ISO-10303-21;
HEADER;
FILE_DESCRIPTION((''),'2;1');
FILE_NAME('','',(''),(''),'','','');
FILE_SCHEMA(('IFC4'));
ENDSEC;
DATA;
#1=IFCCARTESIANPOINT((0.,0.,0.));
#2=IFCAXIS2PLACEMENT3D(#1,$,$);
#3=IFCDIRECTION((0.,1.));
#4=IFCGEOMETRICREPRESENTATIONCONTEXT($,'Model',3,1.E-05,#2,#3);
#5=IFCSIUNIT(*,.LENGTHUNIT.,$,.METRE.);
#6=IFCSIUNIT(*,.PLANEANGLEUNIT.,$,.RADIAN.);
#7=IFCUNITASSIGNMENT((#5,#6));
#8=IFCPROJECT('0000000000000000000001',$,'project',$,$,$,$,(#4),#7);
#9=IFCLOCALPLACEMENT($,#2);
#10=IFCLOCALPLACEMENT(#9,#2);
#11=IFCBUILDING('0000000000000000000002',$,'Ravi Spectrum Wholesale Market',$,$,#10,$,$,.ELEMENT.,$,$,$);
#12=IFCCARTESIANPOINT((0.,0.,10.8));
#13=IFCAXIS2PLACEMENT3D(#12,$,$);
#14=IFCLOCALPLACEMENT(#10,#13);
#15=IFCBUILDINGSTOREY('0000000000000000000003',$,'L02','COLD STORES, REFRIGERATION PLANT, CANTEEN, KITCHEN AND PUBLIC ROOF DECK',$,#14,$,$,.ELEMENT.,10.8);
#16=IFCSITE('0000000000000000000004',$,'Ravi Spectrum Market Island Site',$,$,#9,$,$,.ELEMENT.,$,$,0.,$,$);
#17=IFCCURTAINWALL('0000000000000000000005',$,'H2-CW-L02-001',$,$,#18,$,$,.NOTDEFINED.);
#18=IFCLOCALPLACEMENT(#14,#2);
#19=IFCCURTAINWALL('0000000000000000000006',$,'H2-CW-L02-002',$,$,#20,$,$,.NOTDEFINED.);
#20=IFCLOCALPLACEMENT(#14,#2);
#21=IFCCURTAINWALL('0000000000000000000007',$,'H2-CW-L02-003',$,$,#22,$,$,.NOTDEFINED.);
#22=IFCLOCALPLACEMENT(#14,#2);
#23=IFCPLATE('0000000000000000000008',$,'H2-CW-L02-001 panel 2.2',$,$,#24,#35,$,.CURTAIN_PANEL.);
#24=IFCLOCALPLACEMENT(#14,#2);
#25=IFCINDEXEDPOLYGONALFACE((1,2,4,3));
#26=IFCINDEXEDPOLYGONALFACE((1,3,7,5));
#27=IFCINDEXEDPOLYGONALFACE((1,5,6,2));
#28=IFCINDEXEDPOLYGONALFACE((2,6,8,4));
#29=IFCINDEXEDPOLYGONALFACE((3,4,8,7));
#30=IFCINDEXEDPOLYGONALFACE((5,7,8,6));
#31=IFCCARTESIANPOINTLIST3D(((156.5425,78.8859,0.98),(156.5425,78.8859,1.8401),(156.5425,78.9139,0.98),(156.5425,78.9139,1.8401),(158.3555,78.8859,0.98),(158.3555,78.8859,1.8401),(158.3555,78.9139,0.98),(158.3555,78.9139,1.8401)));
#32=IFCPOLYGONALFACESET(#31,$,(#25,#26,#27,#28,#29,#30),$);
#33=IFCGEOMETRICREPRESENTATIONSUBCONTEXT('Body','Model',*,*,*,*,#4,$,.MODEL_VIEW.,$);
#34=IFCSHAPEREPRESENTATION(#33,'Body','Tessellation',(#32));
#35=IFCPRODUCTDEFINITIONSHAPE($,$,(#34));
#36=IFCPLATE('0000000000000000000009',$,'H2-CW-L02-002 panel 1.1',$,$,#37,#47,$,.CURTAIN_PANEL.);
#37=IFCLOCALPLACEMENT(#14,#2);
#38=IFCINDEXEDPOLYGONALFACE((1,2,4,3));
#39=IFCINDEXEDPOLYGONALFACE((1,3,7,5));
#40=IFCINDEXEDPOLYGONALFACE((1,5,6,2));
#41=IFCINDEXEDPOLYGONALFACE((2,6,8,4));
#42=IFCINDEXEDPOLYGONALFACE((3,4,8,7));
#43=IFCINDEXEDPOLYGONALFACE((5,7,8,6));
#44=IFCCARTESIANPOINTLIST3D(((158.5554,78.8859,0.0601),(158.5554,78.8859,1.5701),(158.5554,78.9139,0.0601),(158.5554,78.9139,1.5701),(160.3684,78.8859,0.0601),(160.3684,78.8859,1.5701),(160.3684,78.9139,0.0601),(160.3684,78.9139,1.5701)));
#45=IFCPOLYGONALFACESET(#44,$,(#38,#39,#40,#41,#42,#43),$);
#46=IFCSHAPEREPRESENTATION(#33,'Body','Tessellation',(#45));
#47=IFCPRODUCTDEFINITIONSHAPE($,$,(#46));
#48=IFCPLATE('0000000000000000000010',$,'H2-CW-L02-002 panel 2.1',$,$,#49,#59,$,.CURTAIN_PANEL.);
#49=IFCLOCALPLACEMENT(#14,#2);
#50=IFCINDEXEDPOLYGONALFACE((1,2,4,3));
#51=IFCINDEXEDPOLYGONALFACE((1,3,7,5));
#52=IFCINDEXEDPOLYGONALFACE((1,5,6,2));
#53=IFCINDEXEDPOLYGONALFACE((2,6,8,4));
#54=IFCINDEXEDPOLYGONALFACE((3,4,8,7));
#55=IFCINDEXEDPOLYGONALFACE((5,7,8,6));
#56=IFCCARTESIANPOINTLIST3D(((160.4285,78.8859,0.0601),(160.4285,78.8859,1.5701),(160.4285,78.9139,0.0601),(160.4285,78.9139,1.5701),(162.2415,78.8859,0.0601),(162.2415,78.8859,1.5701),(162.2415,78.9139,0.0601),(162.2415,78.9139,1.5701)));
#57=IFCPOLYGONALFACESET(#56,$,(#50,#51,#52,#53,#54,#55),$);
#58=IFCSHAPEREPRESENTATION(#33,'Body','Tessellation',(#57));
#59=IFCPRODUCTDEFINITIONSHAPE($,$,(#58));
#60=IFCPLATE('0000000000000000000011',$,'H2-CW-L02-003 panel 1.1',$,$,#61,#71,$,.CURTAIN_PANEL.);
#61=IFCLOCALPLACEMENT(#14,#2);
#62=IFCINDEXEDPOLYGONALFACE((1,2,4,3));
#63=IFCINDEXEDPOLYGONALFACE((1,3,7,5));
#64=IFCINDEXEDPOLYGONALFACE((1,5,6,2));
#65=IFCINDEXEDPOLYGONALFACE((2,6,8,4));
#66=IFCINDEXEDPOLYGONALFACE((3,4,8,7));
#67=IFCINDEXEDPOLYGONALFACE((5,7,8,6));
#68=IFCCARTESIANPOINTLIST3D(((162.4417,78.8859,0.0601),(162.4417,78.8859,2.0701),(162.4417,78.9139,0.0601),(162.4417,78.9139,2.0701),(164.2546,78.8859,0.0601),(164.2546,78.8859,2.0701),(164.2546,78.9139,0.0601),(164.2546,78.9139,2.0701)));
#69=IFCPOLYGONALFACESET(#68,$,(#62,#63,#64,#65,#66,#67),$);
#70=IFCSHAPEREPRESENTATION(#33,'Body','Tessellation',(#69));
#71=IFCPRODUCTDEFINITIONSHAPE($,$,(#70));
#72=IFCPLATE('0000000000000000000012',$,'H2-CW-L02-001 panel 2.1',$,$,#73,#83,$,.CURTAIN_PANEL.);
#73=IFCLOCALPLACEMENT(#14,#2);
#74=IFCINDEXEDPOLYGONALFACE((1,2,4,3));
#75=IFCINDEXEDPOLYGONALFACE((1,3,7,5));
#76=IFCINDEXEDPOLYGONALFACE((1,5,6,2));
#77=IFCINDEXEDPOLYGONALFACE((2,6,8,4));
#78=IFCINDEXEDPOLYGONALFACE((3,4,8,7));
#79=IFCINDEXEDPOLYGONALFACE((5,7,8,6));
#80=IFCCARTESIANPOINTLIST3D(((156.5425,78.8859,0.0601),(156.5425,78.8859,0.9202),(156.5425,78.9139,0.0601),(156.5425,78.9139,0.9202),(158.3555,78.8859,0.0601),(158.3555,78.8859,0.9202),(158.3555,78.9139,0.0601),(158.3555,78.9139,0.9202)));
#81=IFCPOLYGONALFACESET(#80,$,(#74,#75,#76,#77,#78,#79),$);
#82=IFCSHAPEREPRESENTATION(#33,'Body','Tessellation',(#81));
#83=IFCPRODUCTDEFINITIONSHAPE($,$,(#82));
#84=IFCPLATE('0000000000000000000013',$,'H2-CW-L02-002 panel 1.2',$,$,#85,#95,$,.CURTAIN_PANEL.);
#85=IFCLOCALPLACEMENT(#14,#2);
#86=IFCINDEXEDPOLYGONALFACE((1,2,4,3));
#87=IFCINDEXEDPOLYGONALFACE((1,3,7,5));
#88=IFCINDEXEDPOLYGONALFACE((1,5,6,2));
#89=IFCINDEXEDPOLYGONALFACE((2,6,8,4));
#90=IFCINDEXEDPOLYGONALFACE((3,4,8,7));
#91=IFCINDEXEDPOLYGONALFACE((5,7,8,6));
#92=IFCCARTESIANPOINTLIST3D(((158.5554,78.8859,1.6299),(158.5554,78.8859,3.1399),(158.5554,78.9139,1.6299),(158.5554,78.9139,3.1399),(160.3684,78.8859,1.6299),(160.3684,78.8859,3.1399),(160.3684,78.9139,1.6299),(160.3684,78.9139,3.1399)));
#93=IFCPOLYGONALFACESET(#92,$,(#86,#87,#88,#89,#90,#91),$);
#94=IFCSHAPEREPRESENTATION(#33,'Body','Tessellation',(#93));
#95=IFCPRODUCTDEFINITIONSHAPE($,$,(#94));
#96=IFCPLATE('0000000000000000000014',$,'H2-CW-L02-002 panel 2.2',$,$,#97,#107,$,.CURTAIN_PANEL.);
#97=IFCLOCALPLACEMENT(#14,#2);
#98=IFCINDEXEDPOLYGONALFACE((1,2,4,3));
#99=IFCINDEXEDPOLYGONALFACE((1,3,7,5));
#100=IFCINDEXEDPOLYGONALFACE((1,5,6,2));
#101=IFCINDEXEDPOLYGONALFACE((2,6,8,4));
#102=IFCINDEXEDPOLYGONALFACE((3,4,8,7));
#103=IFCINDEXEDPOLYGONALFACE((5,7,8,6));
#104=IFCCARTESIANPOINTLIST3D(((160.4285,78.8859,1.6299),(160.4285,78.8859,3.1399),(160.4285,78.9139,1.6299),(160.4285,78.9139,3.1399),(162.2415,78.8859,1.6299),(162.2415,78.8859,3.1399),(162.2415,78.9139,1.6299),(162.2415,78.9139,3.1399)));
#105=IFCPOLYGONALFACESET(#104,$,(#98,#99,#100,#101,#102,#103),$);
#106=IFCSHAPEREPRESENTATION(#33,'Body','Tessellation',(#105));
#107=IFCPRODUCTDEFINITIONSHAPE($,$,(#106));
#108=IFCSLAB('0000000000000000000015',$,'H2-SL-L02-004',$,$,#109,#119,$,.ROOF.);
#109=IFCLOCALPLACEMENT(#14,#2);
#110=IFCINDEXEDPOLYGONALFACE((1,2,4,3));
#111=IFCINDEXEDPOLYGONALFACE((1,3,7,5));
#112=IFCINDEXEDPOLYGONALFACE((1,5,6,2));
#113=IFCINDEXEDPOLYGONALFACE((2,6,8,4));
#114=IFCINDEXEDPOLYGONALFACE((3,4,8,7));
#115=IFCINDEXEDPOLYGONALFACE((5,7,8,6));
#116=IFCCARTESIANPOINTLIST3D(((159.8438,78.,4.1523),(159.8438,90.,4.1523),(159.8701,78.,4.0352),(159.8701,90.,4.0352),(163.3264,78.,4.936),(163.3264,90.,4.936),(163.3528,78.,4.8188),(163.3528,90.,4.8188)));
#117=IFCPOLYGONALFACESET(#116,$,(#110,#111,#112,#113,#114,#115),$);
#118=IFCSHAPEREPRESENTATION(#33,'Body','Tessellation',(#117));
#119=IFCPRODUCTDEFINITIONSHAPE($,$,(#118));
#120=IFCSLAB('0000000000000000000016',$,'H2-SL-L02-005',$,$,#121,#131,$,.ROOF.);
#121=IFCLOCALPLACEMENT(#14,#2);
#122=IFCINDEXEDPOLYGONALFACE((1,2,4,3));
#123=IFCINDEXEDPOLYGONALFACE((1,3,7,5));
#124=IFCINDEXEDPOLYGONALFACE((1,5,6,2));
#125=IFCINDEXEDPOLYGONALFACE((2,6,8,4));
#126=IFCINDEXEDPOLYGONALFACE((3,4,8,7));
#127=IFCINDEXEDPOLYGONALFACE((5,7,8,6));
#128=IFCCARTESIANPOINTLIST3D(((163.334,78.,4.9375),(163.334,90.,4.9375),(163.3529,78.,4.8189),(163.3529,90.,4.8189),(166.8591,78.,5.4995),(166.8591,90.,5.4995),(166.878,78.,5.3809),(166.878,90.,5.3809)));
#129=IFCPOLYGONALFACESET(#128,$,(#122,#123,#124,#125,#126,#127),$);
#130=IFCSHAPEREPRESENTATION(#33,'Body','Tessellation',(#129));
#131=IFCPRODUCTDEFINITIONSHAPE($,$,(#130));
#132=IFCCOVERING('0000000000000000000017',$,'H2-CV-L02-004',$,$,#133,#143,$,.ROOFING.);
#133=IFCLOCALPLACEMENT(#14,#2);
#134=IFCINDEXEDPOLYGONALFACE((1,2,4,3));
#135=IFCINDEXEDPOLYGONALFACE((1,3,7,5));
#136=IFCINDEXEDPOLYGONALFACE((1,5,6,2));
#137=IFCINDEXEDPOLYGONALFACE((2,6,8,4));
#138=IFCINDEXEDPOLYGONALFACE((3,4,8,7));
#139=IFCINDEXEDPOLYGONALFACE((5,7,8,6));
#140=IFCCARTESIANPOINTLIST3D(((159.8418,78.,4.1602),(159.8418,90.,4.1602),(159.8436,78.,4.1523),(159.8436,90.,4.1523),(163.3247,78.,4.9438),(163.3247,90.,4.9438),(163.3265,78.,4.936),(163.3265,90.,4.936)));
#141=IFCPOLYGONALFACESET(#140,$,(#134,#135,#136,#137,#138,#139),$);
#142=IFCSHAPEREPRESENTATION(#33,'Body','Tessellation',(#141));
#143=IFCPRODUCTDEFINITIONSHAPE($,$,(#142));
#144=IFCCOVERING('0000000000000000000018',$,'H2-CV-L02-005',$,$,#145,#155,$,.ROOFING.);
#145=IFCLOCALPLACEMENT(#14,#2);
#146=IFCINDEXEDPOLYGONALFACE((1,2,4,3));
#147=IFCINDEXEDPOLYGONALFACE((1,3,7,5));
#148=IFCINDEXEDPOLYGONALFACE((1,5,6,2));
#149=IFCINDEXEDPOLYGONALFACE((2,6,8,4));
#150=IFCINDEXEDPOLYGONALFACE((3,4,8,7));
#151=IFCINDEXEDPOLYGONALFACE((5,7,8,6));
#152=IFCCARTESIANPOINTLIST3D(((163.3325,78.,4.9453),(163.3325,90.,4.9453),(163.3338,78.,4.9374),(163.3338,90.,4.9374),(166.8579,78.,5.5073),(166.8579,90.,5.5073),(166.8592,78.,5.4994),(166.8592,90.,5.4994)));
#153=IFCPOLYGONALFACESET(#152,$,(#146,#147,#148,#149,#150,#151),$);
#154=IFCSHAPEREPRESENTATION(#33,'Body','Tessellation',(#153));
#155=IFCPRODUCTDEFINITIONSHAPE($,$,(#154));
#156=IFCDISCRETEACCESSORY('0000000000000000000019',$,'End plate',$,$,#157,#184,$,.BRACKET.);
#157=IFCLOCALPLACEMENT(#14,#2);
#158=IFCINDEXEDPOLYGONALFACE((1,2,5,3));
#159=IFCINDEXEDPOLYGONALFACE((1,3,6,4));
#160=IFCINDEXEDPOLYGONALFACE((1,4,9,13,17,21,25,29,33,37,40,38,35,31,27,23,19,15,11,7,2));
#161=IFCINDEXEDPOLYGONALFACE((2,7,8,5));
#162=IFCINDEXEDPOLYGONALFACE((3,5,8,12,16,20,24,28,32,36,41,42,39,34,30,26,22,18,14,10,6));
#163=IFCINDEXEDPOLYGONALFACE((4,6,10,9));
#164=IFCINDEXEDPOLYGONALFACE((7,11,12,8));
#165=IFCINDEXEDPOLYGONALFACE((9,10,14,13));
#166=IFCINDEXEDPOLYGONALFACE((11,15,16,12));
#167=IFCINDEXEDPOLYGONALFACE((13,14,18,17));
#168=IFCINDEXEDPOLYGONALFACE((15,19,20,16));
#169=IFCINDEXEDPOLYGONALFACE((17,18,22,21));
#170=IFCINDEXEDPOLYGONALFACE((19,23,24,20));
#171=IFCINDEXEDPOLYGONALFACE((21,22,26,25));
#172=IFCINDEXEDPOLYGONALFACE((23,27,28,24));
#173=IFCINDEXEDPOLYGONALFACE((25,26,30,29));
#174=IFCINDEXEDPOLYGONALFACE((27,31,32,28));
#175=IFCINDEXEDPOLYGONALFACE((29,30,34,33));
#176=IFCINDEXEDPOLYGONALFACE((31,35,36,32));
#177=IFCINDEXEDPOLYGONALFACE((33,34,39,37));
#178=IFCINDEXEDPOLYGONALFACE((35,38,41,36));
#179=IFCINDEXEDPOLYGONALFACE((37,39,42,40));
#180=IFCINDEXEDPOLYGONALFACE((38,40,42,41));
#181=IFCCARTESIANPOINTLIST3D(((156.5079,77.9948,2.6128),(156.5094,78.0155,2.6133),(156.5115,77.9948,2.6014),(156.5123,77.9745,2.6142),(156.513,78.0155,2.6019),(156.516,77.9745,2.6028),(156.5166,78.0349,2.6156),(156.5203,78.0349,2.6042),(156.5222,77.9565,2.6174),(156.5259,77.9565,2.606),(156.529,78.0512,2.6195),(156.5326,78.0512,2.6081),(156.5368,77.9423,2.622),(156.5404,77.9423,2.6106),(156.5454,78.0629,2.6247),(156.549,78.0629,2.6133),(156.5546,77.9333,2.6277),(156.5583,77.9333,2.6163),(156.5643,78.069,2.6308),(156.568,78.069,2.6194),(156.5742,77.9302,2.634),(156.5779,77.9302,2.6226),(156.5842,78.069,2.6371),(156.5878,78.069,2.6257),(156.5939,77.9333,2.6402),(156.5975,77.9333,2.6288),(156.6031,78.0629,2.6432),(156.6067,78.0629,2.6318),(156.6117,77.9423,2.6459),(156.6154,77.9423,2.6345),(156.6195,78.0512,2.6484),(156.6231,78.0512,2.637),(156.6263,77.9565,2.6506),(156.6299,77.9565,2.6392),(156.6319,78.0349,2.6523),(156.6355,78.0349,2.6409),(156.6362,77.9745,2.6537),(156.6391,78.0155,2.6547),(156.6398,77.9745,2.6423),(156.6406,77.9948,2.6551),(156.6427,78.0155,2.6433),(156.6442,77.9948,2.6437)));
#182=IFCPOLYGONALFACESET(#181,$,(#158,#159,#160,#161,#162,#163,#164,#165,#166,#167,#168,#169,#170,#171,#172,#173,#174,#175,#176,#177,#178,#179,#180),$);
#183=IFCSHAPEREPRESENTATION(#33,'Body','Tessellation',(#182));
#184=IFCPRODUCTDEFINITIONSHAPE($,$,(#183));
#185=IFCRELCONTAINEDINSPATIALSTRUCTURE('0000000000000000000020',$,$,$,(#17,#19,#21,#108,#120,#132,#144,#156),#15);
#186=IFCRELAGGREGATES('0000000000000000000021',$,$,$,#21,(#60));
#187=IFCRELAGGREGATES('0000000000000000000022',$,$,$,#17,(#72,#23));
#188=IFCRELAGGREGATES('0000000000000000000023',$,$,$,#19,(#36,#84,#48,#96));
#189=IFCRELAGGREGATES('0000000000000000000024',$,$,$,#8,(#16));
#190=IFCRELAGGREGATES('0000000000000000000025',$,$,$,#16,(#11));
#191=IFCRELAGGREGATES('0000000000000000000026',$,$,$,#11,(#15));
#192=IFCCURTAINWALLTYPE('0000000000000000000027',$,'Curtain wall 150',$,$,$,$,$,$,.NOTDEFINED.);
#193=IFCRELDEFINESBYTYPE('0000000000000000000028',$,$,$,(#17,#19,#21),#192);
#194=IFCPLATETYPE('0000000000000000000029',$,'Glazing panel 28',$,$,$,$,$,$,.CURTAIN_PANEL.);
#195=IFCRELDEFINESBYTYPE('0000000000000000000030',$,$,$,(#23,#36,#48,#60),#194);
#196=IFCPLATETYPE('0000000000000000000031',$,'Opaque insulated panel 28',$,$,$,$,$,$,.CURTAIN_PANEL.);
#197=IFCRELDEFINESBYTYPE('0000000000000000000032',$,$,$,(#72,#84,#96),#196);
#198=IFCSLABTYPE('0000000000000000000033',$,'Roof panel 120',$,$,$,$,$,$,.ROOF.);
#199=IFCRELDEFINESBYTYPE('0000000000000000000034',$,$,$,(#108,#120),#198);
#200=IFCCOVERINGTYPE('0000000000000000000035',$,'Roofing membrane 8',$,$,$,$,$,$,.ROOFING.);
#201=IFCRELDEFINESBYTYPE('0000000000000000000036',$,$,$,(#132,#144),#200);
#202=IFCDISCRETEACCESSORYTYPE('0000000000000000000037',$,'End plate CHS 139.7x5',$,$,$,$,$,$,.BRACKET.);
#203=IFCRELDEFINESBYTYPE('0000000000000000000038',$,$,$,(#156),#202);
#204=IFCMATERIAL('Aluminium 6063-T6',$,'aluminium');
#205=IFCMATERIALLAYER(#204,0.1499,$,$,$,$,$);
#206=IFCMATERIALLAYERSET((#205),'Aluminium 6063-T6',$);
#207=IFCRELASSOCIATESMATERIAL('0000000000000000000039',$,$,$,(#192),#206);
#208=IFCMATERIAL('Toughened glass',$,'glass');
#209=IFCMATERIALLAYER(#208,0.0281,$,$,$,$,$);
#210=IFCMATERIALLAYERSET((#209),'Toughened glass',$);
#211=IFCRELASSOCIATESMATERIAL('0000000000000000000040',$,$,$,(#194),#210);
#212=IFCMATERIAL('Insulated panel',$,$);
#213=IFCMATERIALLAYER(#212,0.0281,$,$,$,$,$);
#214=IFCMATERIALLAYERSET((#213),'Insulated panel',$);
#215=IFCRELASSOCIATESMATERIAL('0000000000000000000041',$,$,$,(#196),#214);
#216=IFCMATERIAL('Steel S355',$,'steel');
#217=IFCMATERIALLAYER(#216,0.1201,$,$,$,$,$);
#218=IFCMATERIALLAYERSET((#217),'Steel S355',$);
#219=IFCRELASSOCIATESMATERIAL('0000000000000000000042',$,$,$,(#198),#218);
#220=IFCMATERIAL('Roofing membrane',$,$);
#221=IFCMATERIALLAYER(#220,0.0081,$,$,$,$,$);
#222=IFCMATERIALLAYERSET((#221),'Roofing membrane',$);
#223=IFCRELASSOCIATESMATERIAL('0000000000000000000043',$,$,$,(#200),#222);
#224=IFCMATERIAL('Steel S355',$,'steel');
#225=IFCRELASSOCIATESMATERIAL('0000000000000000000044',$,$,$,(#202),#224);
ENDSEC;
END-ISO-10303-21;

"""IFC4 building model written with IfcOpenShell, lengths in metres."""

from ifc_helpers import new_model, si_unit, direction, frame, origin, origin_2d, place, context, subcontext, project, spatial, polyline, rectangle, circle, outline, extrude, material, layer, layer_set, material_profile, profile_set, type_object, element, aggregate, save


model = new_model("IFC4")

# Units and contexts
model_context = context("Model", 3, precision=1e-05, world=origin(), true_north=direction((0.0, 1.0)))
body_context = subcontext(model_context, "Body", "Model", "MODEL_VIEW")
ifc_project = project(units=[si_unit("LENGTHUNIT", "METRE"), si_unit("PLANEANGLEUNIT", "RADIAN")], contexts=[model_context])

# Site, building, storey
site_placement = place(None, origin())
site = spatial("IfcSite", under=ifc_project, at=site_placement, Name="Ravi Spectrum Market Island Site", CompositionType="ELEMENT", RefElevation=0.0)
building_placement = place(site_placement, origin())
building = spatial("IfcBuilding", under=site, at=building_placement, Name="Ravi Spectrum Wholesale Market", CompositionType="ELEMENT")
storey_placement = place(building_placement, frame((0.0, 0.0, 10.8)))
storey = spatial("IfcBuildingStorey", under=building, at=storey_placement, Name="L02", Description="COLD STORES, REFRIGERATION PLANT, CANTEEN, KITCHEN AND PUBLIC ROOF DECK", CompositionType="ELEMENT", Elevation=10.8)

# Curtain wall
ifc_material_1 = material(Name="Aluminium 6063-T6", Category="aluminium")
ifc_layer_1 = layer(ifc_material_1, 0.1499)
ifc_layer_set_1 = layer_set([ifc_layer_1], Name="Aluminium 6063-T6")
curtain_wall_type = type_object("IfcCurtainWallType", Name="Curtain wall 150", PredefinedType="NOTDEFINED", material=ifc_layer_set_1)
curtain_wall_1_placement = place(storey_placement, origin())
curtain_wall_1 = element("IfcCurtainWall", 1, at=curtain_wall_1_placement, inside=storey, type_object=curtain_wall_type, Name="H2-CW-L02-001", PredefinedType="NOTDEFINED")

# Curtain wall
curtain_wall_2_placement = place(storey_placement, origin())
curtain_wall_2 = element("IfcCurtainWall", 2, at=curtain_wall_2_placement, inside=storey, type_object=curtain_wall_type, Name="H2-CW-L02-002", PredefinedType="NOTDEFINED")

# Curtain wall
curtain_wall_3_placement = place(storey_placement, origin())
curtain_wall_3 = element("IfcCurtainWall", 3, at=curtain_wall_3_placement, inside=storey, type_object=curtain_wall_type, Name="H2-CW-L02-003", PredefinedType="NOTDEFINED")

# Plates
ifc_material_2 = material(Name="Toughened glass", Category="glass")
ifc_layer_2 = layer(ifc_material_2, 0.0281)
ifc_layer_set_2 = layer_set([ifc_layer_2], Name="Toughened glass")
plate_type_1 = type_object("IfcPlateType", Name="Glazing panel 28", PredefinedType="CURTAIN_PANEL", material=ifc_layer_set_2)
plate_1_placement = place(storey_placement, frame((157.449, 78.8999, 0.98), z_axis=(0.0, 0.0, 1.0), x_axis=(1.0, 0.0, 0.0)))
plate_1 = element("IfcPlate", 4, at=plate_1_placement, type_object=plate_type_1, Name="H2-CW-L02-001 panel 2.2", PredefinedType="CURTAIN_PANEL", context=body_context, shape_type="SweptSolid", body=[
    extrude(rectangle(XDim=1.813, YDim=0.0281, at=origin_2d()), origin(), (0.0, 0.0, 1.0), 0.8601),
])
plate_2_placement = place(storey_placement, frame((159.4619, 78.8999, 0.0601), z_axis=(0.0, 0.0, 1.0), x_axis=(1.0, 0.0, 0.0)))
plate_2 = element("IfcPlate", 5, at=plate_2_placement, type_object=plate_type_1, Name="H2-CW-L02-002 panel 1.1", PredefinedType="CURTAIN_PANEL", context=body_context, shape_type="SweptSolid", body=[
    extrude(rectangle(XDim=1.813, YDim=0.0281, at=origin_2d()), origin(), (0.0, 0.0, 1.0), 1.51),
])
plate_3_placement = place(storey_placement, frame((161.335, 78.8999, 0.0601), z_axis=(0.0, 0.0, 1.0), x_axis=(1.0, 0.0, 0.0)))
plate_3 = element("IfcPlate", 6, at=plate_3_placement, type_object=plate_type_1, Name="H2-CW-L02-002 panel 2.1", PredefinedType="CURTAIN_PANEL", context=body_context, shape_type="SweptSolid", body=[
    extrude(rectangle(XDim=1.813, YDim=0.0281, at=origin_2d()), origin(), (0.0, 0.0, 1.0), 1.51),
])
plate_4_placement = place(storey_placement, frame((163.3481, 78.8999, 0.0601), z_axis=(0.0, 0.0, 1.0), x_axis=(1.0, 0.0, 0.0)))
plate_4 = element("IfcPlate", 7, at=plate_4_placement, type_object=plate_type_1, Name="H2-CW-L02-003 panel 1.1", PredefinedType="CURTAIN_PANEL", context=body_context, shape_type="SweptSolid", body=[
    extrude(rectangle(XDim=1.813, YDim=0.0281, at=origin_2d()), origin(), (0.0, 0.0, 1.0), 2.01),
])
aggregate(curtain_wall_3, [plate_4])
ifc_material_3 = material(Name="Insulated panel")
ifc_layer_3 = layer(ifc_material_3, 0.0281)
ifc_layer_set_3 = layer_set([ifc_layer_3], Name="Insulated panel")
plate_type_2 = type_object("IfcPlateType", Name="Opaque insulated panel 28", PredefinedType="CURTAIN_PANEL", material=ifc_layer_set_3)
plate_5_placement = place(storey_placement, frame((157.449, 78.8999, 0.0601), z_axis=(0.0, 0.0, 1.0), x_axis=(1.0, 0.0, 0.0)))
plate_5 = element("IfcPlate", 8, at=plate_5_placement, type_object=plate_type_2, Name="H2-CW-L02-001 panel 2.1", PredefinedType="CURTAIN_PANEL", context=body_context, shape_type="SweptSolid", body=[
    extrude(rectangle(XDim=1.813, YDim=0.0281, at=origin_2d()), origin(), (0.0, 0.0, 1.0), 0.8601),
])
aggregate(curtain_wall_1, [plate_5, plate_1])
plate_6_placement = place(storey_placement, frame((159.4619, 78.8999, 1.6299), z_axis=(0.0, 0.0, 1.0), x_axis=(1.0, 0.0, 0.0)))
plate_6 = element("IfcPlate", 9, at=plate_6_placement, type_object=plate_type_2, Name="H2-CW-L02-002 panel 1.2", PredefinedType="CURTAIN_PANEL", context=body_context, shape_type="SweptSolid", body=[
    extrude(rectangle(XDim=1.813, YDim=0.0281, at=origin_2d()), origin(), (0.0, 0.0, 1.0), 1.51),
])
plate_7_placement = place(storey_placement, frame((161.335, 78.8999, 1.6299), z_axis=(0.0, 0.0, 1.0), x_axis=(1.0, 0.0, 0.0)))
plate_7 = element("IfcPlate", 10, at=plate_7_placement, type_object=plate_type_2, Name="H2-CW-L02-002 panel 2.2", PredefinedType="CURTAIN_PANEL", context=body_context, shape_type="SweptSolid", body=[
    extrude(rectangle(XDim=1.813, YDim=0.0281, at=origin_2d()), origin(), (0.0, 0.0, 1.0), 1.51),
])
aggregate(curtain_wall_2, [plate_2, plate_6, plate_3, plate_7])

# Slabs
ifc_material_4 = material(Name="Steel S355", Category="steel")
ifc_layer_4 = layer(ifc_material_4, 0.1201)
ifc_layer_set_4 = layer_set([ifc_layer_4], Name="Steel S355")
slab_type = type_object("IfcSlabType", Name="Roof panel 120", PredefinedType="ROOF", material=ifc_layer_set_4)
slab_1_placement = place(storey_placement, frame((159.8438, 78.0, 4.1523), z_axis=(-0.219537, 0.0, 0.975604), x_axis=(0.975604, 0.0, 0.219537)))
element("IfcSlab", 11, at=slab_1_placement, inside=storey, type_object=slab_type, Name="H2-SL-L02-004", PredefinedType="ROOF", context=body_context, shape_type="SweptSolid", body=[
    extrude(outline(polyline([(0.0, 0.0), (3.5698, 0.0), (3.5698, 12.0), (0.0, 12.0), (0.0, 0.0)])), origin(), (0.0, 0.0, -1.0), 0.1201),
])
slab_2_placement = place(storey_placement, frame((163.334, 78.0, 4.9375), z_axis=(-0.157441, 0.0, 0.987528), x_axis=(0.987528, 0.0, 0.157441)))
element("IfcSlab", 12, at=slab_2_placement, inside=storey, type_object=slab_type, Name="H2-SL-L02-005", PredefinedType="ROOF", context=body_context, shape_type="SweptSolid", body=[
    extrude(outline(polyline([(0.0, 0.0), (3.5697, 0.0), (3.5697, 12.0), (0.0, 12.0), (0.0, 0.0)])), origin(), (0.0, 0.0, -1.0), 0.1201),
])

# Coverings
ifc_material_5 = material(Name="Roofing membrane")
ifc_layer_5 = layer(ifc_material_5, 0.0081)
ifc_layer_set_5 = layer_set([ifc_layer_5], Name="Roofing membrane")
covering_type = type_object("IfcCoveringType", Name="Roofing membrane 8", PredefinedType="ROOFING", material=ifc_layer_set_5)
covering_1_placement = place(storey_placement, frame((159.8418, 78.0, 4.1602), z_axis=(-0.219522, 0.0, 0.975608), x_axis=(0.975608, 0.0, 0.219522)))
element("IfcCovering", 13, at=covering_1_placement, inside=storey, type_object=covering_type, Name="H2-CV-L02-004", PredefinedType="ROOFING", context=body_context, shape_type="SweptSolid", body=[
    extrude(outline(polyline([(0.0, 0.0), (3.57, 0.0), (3.57, 12.0), (0.0, 12.0), (0.0, 0.0)])), origin(), (0.0, 0.0, -1.0), 0.0081),
])
covering_2_placement = place(storey_placement, frame((163.3325, 78.0, 4.9453), z_axis=(-0.15743, 0.0, 0.98753), x_axis=(0.98753, 0.0, 0.15743)))
element("IfcCovering", 14, at=covering_2_placement, inside=storey, type_object=covering_type, Name="H2-CV-L02-005", PredefinedType="ROOFING", context=body_context, shape_type="SweptSolid", body=[
    extrude(outline(polyline([(0.0, 0.0), (3.5699, 0.0), (3.5699, 12.0), (0.0, 12.0), (0.0, 0.0)])), origin(), (0.0, 0.0, -1.0), 0.0081),
])

# Discrete accessory
ifc_material_6 = material(Name="Steel S355", Category="steel")
ifc_material_profile_1 = material_profile(ifc_material_6, circle(Radius=0.0698, at=origin_2d()))
ifc_profile_set_1 = profile_set([ifc_material_profile_1], Name="Steel S355")
discrete_accessory_type_1 = type_object("IfcDiscreteAccessoryType", Name="End plate CHS 139.7x5", PredefinedType="BRACKET", material=ifc_profile_set_1)
for number, where, z_axis, x_axis, name in (
    (15, (156.5779, 78.0, 2.6226), (-0.30404, 0.0, 0.952659), (0.0, -1.0, 0.0), "End plate"),
):
    element("IfcDiscreteAccessory", number, at=place(storey_placement, frame(where, z_axis=z_axis, x_axis=x_axis)), inside=storey, type_object=discrete_accessory_type_1, Name=name, PredefinedType="BRACKET", context=body_context, shape_type="SweptSolid", body=[
        extrude(circle(Radius=0.0698, at=origin_2d()), origin(), (0.0, 0.0, 1.0), 0.012),
    ])

save(model, "model.ifc")
